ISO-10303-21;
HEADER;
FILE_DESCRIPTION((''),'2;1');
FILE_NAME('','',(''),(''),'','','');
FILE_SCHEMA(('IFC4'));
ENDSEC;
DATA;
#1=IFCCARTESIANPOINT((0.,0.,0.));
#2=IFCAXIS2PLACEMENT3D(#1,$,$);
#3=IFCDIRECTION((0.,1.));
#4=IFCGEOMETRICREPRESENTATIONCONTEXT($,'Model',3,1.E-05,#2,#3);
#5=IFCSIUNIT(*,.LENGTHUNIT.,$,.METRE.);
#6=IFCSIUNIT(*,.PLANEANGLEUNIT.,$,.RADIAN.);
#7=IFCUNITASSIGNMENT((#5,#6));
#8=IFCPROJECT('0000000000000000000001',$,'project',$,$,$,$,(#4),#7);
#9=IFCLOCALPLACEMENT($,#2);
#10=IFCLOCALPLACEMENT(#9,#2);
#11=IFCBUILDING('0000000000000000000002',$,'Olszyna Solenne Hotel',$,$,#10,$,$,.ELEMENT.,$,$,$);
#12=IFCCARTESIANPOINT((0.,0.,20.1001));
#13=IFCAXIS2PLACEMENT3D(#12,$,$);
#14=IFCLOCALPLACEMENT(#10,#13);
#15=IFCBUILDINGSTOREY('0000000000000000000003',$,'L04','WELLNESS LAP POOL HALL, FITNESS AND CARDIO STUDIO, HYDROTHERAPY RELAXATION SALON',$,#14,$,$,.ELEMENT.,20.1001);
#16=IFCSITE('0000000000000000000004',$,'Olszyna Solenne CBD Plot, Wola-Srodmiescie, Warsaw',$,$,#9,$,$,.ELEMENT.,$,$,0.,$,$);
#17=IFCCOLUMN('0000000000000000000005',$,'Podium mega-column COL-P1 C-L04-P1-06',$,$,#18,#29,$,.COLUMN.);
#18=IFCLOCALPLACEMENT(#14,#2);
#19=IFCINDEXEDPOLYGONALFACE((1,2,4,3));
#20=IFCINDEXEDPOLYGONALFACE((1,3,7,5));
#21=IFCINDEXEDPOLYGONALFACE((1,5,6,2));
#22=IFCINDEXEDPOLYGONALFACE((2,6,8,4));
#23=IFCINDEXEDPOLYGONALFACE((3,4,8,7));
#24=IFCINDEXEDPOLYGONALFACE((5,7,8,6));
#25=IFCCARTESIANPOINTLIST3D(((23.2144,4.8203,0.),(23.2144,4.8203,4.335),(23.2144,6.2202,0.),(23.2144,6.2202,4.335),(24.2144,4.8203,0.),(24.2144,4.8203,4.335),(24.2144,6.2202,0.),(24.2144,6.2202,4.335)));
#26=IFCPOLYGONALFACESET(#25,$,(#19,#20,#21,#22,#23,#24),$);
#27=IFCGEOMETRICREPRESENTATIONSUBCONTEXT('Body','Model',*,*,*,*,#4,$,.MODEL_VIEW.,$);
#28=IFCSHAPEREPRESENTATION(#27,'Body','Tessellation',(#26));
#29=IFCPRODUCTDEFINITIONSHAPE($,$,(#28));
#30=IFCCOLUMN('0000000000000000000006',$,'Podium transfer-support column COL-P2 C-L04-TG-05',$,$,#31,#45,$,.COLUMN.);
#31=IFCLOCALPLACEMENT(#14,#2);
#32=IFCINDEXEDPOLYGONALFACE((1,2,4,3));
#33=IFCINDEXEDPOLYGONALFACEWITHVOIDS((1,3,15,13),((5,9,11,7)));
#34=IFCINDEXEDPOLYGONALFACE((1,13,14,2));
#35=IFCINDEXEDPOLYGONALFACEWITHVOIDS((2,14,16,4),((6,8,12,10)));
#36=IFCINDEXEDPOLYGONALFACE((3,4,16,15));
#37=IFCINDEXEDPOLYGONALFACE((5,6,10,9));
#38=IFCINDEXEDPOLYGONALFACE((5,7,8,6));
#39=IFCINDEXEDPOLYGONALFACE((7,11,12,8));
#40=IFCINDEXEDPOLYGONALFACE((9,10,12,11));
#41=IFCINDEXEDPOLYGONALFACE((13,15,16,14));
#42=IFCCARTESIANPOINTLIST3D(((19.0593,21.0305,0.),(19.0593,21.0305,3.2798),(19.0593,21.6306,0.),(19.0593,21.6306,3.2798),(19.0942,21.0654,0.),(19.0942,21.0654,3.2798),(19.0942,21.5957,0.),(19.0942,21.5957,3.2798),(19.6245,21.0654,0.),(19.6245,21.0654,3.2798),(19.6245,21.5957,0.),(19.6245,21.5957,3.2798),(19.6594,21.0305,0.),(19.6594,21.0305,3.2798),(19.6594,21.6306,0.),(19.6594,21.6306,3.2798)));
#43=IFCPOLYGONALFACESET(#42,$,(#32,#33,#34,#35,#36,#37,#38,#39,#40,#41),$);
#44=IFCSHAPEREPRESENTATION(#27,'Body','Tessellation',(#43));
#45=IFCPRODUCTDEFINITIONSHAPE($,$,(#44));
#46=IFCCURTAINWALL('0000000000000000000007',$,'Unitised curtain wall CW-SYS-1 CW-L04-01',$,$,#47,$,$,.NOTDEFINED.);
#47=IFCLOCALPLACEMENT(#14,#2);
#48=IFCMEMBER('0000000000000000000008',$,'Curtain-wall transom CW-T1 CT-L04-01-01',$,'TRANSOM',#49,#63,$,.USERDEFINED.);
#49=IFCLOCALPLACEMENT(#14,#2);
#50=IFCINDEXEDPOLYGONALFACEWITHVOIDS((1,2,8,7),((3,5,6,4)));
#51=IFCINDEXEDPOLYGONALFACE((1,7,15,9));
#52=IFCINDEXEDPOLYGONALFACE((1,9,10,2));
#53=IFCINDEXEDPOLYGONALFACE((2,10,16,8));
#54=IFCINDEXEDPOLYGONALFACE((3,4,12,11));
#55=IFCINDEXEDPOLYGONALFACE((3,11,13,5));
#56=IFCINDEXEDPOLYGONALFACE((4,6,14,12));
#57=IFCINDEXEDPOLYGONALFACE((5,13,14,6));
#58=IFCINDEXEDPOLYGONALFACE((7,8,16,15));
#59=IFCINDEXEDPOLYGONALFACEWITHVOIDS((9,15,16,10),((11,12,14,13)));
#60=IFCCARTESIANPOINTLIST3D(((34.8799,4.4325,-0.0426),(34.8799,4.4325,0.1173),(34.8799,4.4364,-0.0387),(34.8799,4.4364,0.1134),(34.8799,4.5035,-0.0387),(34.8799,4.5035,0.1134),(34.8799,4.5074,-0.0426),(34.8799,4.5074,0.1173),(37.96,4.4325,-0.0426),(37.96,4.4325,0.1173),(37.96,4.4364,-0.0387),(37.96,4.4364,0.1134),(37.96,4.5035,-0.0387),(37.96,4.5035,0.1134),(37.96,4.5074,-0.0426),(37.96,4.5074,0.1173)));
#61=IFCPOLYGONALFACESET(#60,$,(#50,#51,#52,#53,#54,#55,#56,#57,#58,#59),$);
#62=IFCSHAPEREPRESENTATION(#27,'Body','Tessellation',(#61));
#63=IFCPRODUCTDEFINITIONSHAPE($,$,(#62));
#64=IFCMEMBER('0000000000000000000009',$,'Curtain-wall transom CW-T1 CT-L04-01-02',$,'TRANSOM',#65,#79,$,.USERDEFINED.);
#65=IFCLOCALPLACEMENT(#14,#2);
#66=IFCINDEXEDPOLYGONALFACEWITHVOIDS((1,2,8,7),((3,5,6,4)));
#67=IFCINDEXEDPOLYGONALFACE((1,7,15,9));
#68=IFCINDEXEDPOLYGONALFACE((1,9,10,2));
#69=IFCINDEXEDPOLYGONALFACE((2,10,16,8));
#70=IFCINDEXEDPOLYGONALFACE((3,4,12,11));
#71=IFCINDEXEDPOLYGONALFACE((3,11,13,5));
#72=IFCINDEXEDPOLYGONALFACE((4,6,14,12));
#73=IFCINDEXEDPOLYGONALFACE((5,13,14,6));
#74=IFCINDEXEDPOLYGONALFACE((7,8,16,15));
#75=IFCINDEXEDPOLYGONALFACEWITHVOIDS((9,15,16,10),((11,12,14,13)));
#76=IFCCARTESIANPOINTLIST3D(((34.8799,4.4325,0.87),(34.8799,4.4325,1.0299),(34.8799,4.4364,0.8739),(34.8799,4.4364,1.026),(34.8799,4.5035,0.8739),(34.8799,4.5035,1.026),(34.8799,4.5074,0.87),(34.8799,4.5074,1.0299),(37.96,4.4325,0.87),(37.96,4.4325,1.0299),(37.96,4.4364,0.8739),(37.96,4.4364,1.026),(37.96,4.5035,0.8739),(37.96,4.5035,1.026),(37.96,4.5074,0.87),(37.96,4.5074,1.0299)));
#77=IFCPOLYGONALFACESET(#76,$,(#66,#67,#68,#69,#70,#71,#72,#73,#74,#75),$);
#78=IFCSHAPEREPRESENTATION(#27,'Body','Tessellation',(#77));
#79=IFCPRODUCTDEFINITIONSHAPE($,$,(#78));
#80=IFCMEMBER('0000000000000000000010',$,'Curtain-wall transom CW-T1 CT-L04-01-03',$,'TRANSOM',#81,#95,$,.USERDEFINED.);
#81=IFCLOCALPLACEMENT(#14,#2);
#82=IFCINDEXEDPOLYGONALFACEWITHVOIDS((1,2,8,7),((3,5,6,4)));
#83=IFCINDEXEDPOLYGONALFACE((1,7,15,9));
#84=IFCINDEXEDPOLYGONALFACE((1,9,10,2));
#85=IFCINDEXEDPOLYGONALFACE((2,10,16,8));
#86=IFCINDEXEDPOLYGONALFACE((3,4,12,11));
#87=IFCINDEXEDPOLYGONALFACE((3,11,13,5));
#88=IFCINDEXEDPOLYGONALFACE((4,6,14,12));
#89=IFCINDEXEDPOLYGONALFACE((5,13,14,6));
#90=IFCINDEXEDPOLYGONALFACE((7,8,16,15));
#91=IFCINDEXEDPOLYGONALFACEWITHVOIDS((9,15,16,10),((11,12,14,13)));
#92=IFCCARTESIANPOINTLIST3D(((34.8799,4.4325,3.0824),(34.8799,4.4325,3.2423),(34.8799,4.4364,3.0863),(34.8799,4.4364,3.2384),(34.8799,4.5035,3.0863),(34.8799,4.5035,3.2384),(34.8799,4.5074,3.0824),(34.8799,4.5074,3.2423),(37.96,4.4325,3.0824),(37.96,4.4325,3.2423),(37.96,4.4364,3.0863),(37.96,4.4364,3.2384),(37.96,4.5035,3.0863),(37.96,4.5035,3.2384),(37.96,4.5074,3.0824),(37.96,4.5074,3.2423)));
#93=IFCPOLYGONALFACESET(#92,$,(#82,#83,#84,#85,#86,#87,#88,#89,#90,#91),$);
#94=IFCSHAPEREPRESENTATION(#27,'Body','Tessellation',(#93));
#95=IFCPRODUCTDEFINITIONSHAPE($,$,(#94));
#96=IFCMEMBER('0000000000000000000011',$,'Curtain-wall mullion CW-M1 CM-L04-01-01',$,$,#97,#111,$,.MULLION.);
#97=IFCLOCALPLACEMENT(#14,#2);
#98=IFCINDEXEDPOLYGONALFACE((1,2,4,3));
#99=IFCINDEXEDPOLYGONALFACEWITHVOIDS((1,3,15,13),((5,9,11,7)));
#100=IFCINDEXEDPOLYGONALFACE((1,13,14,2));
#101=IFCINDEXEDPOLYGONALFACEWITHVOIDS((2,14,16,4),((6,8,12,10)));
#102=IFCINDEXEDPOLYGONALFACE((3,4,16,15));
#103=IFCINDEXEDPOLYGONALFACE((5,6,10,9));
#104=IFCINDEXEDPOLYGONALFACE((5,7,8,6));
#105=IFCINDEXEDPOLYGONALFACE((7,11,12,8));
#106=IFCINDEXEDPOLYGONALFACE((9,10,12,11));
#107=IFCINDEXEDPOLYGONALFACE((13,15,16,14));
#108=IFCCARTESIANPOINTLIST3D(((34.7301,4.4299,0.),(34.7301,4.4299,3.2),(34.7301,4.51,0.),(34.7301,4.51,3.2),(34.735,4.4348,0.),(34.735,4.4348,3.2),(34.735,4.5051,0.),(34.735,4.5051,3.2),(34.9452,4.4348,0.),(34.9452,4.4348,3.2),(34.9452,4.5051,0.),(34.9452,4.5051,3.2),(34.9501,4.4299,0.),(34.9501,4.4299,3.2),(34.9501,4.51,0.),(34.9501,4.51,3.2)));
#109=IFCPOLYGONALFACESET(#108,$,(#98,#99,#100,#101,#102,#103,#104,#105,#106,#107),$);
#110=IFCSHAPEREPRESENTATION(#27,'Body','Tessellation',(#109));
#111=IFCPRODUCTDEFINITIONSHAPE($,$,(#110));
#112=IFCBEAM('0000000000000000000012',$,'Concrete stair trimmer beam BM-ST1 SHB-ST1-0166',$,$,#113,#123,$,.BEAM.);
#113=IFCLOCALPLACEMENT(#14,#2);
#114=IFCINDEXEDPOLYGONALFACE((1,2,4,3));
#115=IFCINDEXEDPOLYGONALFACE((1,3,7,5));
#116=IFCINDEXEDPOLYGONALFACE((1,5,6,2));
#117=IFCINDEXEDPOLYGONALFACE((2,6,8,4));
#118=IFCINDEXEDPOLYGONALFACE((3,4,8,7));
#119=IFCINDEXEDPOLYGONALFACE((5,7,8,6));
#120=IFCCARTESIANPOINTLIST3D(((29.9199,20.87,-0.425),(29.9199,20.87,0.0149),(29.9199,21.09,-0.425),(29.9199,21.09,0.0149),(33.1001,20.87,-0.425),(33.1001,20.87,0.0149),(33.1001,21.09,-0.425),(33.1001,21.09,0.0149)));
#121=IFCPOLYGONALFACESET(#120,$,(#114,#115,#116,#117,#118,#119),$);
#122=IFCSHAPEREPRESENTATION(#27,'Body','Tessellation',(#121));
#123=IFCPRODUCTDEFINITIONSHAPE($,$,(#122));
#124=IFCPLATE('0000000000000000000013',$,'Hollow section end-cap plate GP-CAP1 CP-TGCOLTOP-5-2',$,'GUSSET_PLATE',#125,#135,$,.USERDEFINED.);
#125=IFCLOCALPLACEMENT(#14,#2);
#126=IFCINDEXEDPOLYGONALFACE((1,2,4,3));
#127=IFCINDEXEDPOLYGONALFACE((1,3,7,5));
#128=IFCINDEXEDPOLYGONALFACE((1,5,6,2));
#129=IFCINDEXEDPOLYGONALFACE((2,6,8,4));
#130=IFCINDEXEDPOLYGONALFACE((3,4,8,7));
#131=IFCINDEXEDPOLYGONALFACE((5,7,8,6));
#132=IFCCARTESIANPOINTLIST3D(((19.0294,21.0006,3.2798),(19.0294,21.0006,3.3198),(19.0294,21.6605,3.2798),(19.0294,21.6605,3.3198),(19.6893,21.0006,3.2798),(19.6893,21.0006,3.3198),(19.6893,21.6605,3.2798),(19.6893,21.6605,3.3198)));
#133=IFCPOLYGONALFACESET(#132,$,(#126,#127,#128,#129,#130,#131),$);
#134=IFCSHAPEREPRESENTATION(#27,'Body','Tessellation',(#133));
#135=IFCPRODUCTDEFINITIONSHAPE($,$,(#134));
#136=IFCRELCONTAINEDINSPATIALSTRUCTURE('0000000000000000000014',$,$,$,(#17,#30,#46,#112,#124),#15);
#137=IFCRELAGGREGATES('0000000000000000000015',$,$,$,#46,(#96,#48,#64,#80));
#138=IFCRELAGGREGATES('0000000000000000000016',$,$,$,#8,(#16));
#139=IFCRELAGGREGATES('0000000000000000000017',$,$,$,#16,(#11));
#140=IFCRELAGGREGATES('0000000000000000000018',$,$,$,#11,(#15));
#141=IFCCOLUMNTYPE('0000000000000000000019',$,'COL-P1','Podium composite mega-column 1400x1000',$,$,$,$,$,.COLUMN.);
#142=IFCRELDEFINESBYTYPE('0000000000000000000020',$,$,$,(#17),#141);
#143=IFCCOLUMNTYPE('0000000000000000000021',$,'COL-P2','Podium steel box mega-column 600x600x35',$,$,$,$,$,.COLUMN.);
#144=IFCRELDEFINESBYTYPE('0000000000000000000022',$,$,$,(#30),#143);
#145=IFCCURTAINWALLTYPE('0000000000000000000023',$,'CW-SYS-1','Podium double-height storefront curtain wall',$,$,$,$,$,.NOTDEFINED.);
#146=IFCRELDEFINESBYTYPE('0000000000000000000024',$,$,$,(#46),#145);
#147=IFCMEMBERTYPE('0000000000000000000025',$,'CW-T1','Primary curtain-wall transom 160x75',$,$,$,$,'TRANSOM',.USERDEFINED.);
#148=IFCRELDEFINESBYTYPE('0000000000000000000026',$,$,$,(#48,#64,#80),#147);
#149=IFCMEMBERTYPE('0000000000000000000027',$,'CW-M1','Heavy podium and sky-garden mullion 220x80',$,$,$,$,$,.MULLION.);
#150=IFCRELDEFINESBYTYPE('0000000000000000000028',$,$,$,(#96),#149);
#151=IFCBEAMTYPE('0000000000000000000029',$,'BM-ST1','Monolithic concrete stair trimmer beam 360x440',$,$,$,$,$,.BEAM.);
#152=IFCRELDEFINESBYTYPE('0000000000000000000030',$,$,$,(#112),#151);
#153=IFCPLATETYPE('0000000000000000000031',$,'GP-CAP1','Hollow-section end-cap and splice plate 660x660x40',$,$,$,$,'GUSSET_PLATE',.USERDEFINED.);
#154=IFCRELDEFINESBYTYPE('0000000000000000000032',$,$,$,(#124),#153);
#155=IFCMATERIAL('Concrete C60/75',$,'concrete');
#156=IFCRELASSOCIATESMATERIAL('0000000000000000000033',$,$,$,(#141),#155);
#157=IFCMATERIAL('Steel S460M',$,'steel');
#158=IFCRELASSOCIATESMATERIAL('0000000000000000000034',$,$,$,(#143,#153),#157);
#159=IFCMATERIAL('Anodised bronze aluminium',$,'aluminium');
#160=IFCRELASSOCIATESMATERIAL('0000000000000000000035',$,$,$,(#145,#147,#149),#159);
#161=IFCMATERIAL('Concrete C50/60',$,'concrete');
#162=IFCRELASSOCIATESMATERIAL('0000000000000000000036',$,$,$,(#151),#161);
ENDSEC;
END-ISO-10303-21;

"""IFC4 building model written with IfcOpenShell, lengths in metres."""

from ifc_helpers import new_model, si_unit, direction, frame, origin, origin_2d, place, context, subcontext, project, spatial, rectangle, hollow_rectangle, extrude, source, transform, mapped, material, material_profile, profile_set, type_object, element, aggregate, save


model = new_model("IFC4")

# Units and contexts
model_context = context("Model", 3, precision=1e-05, world=origin(), true_north=direction((0.0, 1.0)))
body_context = subcontext(model_context, "Body", "Model", "MODEL_VIEW")
ifc_project = project(units=[si_unit("LENGTHUNIT", "METRE"), si_unit("PLANEANGLEUNIT", "RADIAN")], contexts=[model_context])

# Site, building, storey
site_placement = place(None, origin())
site = spatial("IfcSite", under=ifc_project, at=site_placement, Name="Olszyna Solenne CBD Plot, Wola-Srodmiescie, Warsaw", CompositionType="ELEMENT", RefElevation=0.0)
building_placement = place(site_placement, origin())
building = spatial("IfcBuilding", under=site, at=building_placement, Name="Olszyna Solenne Hotel", CompositionType="ELEMENT")
storey_placement = place(building_placement, frame((0.0, 0.0, 20.1001)))
storey = spatial("IfcBuildingStorey", under=building, at=storey_placement, Name="L04", Description="WELLNESS LAP POOL HALL, FITNESS AND CARDIO STUDIO, HYDROTHERAPY RELAXATION SALON", CompositionType="ELEMENT", Elevation=20.1001)

# Columns
ifc_material_1 = material(Name="Concrete C60/75", Category="concrete")
ifc_material_profile_1 = material_profile(ifc_material_1, rectangle(XDim=1.0, YDim=1.3999, at=origin_2d()), Name="RC 1400x1000", Category="load-bearing")
ifc_profile_set_1 = profile_set([ifc_material_profile_1], Name="Concrete C60/75")
column_type_1 = type_object("IfcColumnType", Name="COL-P1", Description="Podium composite mega-column 1400x1000", PredefinedType="COLUMN", material=ifc_profile_set_1)
shared_shape_1 = source(origin(), body_context, "Body", "SweptSolid", [
    extrude(rectangle(XDim=1.0, YDim=1.3999, at=origin_2d()), origin(), (0.0, 0.0, 1.0), 4.335),
])
column_1_placement = place(storey_placement, frame((23.7144, 5.5203, 0.0), z_axis=(0.0, 0.0, 1.0), x_axis=(1.0, 0.0, 0.0)))
element("IfcColumn", 1, at=column_1_placement, inside=storey, type_object=column_type_1, Name="Podium mega-column COL-P1 C-L04-P1-06", PredefinedType="COLUMN", context=body_context, shape_type="MappedRepresentation", body=[
    mapped(shared_shape_1, transform((0.0, 0.0, 0.0), x_axis=(1.0, 0.0, 0.0), y_axis=(0.0, 1.0, 0.0), z_axis=(0.0, 0.0, 1.0), scale=1.0)),
])
ifc_material_2 = material(Name="Steel S460M", Category="steel")
ifc_material_profile_2 = material_profile(ifc_material_2, hollow_rectangle(XDim=0.6001, YDim=0.6001, WallThickness=0.0349, at=origin_2d()), Name="SHS 600x600x35", Category="load-bearing")
ifc_profile_set_2 = profile_set([ifc_material_profile_2], Name="Steel S460M")
column_type_2 = type_object("IfcColumnType", Name="COL-P2", Description="Podium steel box mega-column 600x600x35", PredefinedType="COLUMN", material=ifc_profile_set_2)
shared_shape_2 = source(origin(), body_context, "Body", "SweptSolid", [
    extrude(hollow_rectangle(XDim=0.6001, YDim=0.6001, WallThickness=0.0349, at=origin_2d()), origin(), (0.0, 0.0, 1.0), 3.2798),
])
column_2_placement = place(storey_placement, frame((19.3594, 21.3306, 0.0), z_axis=(0.0, 0.0, 1.0), x_axis=(1.0, 0.0, 0.0)))
element("IfcColumn", 2, at=column_2_placement, inside=storey, type_object=column_type_2, Name="Podium transfer-support column COL-P2 C-L04-TG-05", PredefinedType="COLUMN", context=body_context, shape_type="MappedRepresentation", body=[
    mapped(shared_shape_2, transform((0.0, 0.0, 0.0), x_axis=(1.0, 0.0, 0.0), y_axis=(0.0, 1.0, 0.0), z_axis=(0.0, 0.0, 1.0), scale=1.0)),
])

# Curtain wall, members
ifc_material_3 = material(Name="Anodised bronze aluminium", Category="aluminium")
curtain_wall_type = type_object("IfcCurtainWallType", Name="CW-SYS-1", Description="Podium double-height storefront curtain wall", PredefinedType="NOTDEFINED", material=ifc_material_3)
curtain_wall_placement = place(storey_placement, origin())
curtain_wall = element("IfcCurtainWall", 3, at=curtain_wall_placement, inside=storey, type_object=curtain_wall_type, Name="Unitised curtain wall CW-SYS-1 CW-L04-01", PredefinedType="NOTDEFINED")
ifc_material_profile_3 = material_profile(ifc_material_3, hollow_rectangle(XDim=0.075, YDim=0.1599, WallThickness=0.0039, at=origin_2d()), Name="TRAN 160x75x4", Category="load-bearing")
ifc_profile_set_3 = profile_set([ifc_material_profile_3], Name="Anodised bronze aluminium")
member_type_1 = type_object("IfcMemberType", Name="CW-T1", Description="Primary curtain-wall transom 160x75", ElementType="TRANSOM", PredefinedType="USERDEFINED", material=ifc_profile_set_3)
shared_shape_3 = source(origin(), body_context, "Body", "SweptSolid", [
    extrude(hollow_rectangle(XDim=0.075, YDim=0.1599, WallThickness=0.0039, at=origin_2d()), origin(), (0.0, 0.0, 1.0), 3.0801),
])
member_1_placement = place(storey_placement, frame((34.8799, 4.47, 0.0374), z_axis=(1.0, 0.0, 0.0), x_axis=(0.0, 1.0, 0.0)))
member_1 = element("IfcMember", 4, at=member_1_placement, type_object=member_type_1, Name="Curtain-wall transom CW-T1 CT-L04-01-01", ObjectType="TRANSOM", PredefinedType="USERDEFINED", context=body_context, shape_type="MappedRepresentation", body=[
    mapped(shared_shape_3, transform((0.0, 0.0, 0.0), x_axis=(1.0, 0.0, 0.0), y_axis=(0.0, 1.0, 0.0), z_axis=(0.0, 0.0, 1.0), scale=1.0)),
])
member_2_placement = place(storey_placement, frame((34.8799, 4.47, 0.95), z_axis=(1.0, 0.0, 0.0), x_axis=(0.0, 1.0, 0.0)))
member_2 = element("IfcMember", 5, at=member_2_placement, type_object=member_type_1, Name="Curtain-wall transom CW-T1 CT-L04-01-02", ObjectType="TRANSOM", PredefinedType="USERDEFINED", context=body_context, shape_type="MappedRepresentation", body=[
    mapped(shared_shape_3, transform((0.0, 0.0, 0.0), x_axis=(1.0, 0.0, 0.0), y_axis=(0.0, 1.0, 0.0), z_axis=(0.0, 0.0, 1.0), scale=1.0)),
])
member_3_placement = place(storey_placement, frame((34.8799, 4.47, 3.1624), z_axis=(1.0, 0.0, 0.0), x_axis=(0.0, 1.0, 0.0)))
member_3 = element("IfcMember", 6, at=member_3_placement, type_object=member_type_1, Name="Curtain-wall transom CW-T1 CT-L04-01-03", ObjectType="TRANSOM", PredefinedType="USERDEFINED", context=body_context, shape_type="MappedRepresentation", body=[
    mapped(shared_shape_3, transform((0.0, 0.0, 0.0), x_axis=(1.0, 0.0, 0.0), y_axis=(0.0, 1.0, 0.0), z_axis=(0.0, 0.0, 1.0), scale=1.0)),
])
ifc_material_profile_4 = material_profile(ifc_material_3, hollow_rectangle(XDim=0.0801, YDim=0.22, WallThickness=0.0049, at=origin_2d()), Name="MULL 220x80x5", Category="load-bearing")
ifc_profile_set_4 = profile_set([ifc_material_profile_4], Name="Anodised bronze aluminium")
member_type_2 = type_object("IfcMemberType", Name="CW-M1", Description="Heavy podium and sky-garden mullion 220x80", PredefinedType="MULLION", material=ifc_profile_set_4)
shared_shape_4 = source(origin(), body_context, "Body", "SweptSolid", [
    extrude(hollow_rectangle(XDim=0.0801, YDim=0.22, WallThickness=0.0049, at=origin_2d()), origin(), (0.0, 0.0, 1.0), 3.2),
])
member_4_placement = place(storey_placement, frame((34.8401, 4.47, 0.0), z_axis=(0.0, 0.0, 1.0), x_axis=(0.0, 1.0, 0.0)))
member_4 = element("IfcMember", 7, at=member_4_placement, type_object=member_type_2, Name="Curtain-wall mullion CW-M1 CM-L04-01-01", PredefinedType="MULLION", context=body_context, shape_type="MappedRepresentation", body=[
    mapped(shared_shape_4, transform((0.0, 0.0, 0.0), x_axis=(1.0, 0.0, 0.0), y_axis=(0.0, 1.0, 0.0), z_axis=(0.0, 0.0, 1.0), scale=1.0)),
])
aggregate(curtain_wall, [member_4, member_1, member_2, member_3])

# Beam
ifc_material_4 = material(Name="Concrete C50/60", Category="concrete")
ifc_material_profile_5 = material_profile(ifc_material_4, rectangle(XDim=0.22, YDim=0.4399, at=origin_2d()), Name="RC 220x440", Category="load-bearing")
ifc_profile_set_5 = profile_set([ifc_material_profile_5], Name="Concrete C50/60")
beam_type = type_object("IfcBeamType", Name="BM-ST1", Description="Monolithic concrete stair trimmer beam 360x440", PredefinedType="BEAM", material=ifc_profile_set_5)
shared_shape_5 = source(origin(), body_context, "Body", "SweptSolid", [
    extrude(rectangle(XDim=0.22, YDim=0.4399, at=origin_2d()), origin(), (0.0, 0.0, 1.0), 3.1802),
])
beam_placement = place(storey_placement, frame((33.1001, 20.98, -0.2051), z_axis=(-1.0, 0.0, 0.0), x_axis=(0.0, -1.0, 0.0)))
element("IfcBeam", 8, at=beam_placement, inside=storey, type_object=beam_type, Name="Concrete stair trimmer beam BM-ST1 SHB-ST1-0166", PredefinedType="BEAM", context=body_context, shape_type="MappedRepresentation", body=[
    mapped(shared_shape_5, transform((0.0, 0.0, 0.0), x_axis=(1.0, 0.0, 0.0), y_axis=(0.0, 1.0, 0.0), z_axis=(0.0, 0.0, 1.0), scale=1.0)),
])

# Plate
plate_type = type_object("IfcPlateType", Name="GP-CAP1", Description="Hollow-section end-cap and splice plate 660x660x40", ElementType="GUSSET_PLATE", PredefinedType="USERDEFINED", material=ifc_material_2)
shared_shape_6 = source(origin(), body_context, "Body", "SweptSolid", [
    extrude(rectangle(XDim=0.6599, YDim=0.6599, at=origin_2d()), origin(), (0.0, 0.0, 1.0), 0.04),
])
plate_placement = place(storey_placement, frame((19.3594, 21.3306, 3.2798), z_axis=(0.0, 0.0, 1.0), x_axis=(1.0, 0.0, 0.0)))
element("IfcPlate", 9, at=plate_placement, inside=storey, type_object=plate_type, Name="Hollow section end-cap plate GP-CAP1 CP-TGCOLTOP-5-2", ObjectType="GUSSET_PLATE", PredefinedType="USERDEFINED", context=body_context, shape_type="MappedRepresentation", body=[
    mapped(shared_shape_6, transform((0.0, 0.0, 0.0), x_axis=(1.0, 0.0, 0.0), y_axis=(0.0, 1.0, 0.0), z_axis=(0.0, 0.0, 1.0), scale=1.0)),
])

save(model, "model.ifc")
